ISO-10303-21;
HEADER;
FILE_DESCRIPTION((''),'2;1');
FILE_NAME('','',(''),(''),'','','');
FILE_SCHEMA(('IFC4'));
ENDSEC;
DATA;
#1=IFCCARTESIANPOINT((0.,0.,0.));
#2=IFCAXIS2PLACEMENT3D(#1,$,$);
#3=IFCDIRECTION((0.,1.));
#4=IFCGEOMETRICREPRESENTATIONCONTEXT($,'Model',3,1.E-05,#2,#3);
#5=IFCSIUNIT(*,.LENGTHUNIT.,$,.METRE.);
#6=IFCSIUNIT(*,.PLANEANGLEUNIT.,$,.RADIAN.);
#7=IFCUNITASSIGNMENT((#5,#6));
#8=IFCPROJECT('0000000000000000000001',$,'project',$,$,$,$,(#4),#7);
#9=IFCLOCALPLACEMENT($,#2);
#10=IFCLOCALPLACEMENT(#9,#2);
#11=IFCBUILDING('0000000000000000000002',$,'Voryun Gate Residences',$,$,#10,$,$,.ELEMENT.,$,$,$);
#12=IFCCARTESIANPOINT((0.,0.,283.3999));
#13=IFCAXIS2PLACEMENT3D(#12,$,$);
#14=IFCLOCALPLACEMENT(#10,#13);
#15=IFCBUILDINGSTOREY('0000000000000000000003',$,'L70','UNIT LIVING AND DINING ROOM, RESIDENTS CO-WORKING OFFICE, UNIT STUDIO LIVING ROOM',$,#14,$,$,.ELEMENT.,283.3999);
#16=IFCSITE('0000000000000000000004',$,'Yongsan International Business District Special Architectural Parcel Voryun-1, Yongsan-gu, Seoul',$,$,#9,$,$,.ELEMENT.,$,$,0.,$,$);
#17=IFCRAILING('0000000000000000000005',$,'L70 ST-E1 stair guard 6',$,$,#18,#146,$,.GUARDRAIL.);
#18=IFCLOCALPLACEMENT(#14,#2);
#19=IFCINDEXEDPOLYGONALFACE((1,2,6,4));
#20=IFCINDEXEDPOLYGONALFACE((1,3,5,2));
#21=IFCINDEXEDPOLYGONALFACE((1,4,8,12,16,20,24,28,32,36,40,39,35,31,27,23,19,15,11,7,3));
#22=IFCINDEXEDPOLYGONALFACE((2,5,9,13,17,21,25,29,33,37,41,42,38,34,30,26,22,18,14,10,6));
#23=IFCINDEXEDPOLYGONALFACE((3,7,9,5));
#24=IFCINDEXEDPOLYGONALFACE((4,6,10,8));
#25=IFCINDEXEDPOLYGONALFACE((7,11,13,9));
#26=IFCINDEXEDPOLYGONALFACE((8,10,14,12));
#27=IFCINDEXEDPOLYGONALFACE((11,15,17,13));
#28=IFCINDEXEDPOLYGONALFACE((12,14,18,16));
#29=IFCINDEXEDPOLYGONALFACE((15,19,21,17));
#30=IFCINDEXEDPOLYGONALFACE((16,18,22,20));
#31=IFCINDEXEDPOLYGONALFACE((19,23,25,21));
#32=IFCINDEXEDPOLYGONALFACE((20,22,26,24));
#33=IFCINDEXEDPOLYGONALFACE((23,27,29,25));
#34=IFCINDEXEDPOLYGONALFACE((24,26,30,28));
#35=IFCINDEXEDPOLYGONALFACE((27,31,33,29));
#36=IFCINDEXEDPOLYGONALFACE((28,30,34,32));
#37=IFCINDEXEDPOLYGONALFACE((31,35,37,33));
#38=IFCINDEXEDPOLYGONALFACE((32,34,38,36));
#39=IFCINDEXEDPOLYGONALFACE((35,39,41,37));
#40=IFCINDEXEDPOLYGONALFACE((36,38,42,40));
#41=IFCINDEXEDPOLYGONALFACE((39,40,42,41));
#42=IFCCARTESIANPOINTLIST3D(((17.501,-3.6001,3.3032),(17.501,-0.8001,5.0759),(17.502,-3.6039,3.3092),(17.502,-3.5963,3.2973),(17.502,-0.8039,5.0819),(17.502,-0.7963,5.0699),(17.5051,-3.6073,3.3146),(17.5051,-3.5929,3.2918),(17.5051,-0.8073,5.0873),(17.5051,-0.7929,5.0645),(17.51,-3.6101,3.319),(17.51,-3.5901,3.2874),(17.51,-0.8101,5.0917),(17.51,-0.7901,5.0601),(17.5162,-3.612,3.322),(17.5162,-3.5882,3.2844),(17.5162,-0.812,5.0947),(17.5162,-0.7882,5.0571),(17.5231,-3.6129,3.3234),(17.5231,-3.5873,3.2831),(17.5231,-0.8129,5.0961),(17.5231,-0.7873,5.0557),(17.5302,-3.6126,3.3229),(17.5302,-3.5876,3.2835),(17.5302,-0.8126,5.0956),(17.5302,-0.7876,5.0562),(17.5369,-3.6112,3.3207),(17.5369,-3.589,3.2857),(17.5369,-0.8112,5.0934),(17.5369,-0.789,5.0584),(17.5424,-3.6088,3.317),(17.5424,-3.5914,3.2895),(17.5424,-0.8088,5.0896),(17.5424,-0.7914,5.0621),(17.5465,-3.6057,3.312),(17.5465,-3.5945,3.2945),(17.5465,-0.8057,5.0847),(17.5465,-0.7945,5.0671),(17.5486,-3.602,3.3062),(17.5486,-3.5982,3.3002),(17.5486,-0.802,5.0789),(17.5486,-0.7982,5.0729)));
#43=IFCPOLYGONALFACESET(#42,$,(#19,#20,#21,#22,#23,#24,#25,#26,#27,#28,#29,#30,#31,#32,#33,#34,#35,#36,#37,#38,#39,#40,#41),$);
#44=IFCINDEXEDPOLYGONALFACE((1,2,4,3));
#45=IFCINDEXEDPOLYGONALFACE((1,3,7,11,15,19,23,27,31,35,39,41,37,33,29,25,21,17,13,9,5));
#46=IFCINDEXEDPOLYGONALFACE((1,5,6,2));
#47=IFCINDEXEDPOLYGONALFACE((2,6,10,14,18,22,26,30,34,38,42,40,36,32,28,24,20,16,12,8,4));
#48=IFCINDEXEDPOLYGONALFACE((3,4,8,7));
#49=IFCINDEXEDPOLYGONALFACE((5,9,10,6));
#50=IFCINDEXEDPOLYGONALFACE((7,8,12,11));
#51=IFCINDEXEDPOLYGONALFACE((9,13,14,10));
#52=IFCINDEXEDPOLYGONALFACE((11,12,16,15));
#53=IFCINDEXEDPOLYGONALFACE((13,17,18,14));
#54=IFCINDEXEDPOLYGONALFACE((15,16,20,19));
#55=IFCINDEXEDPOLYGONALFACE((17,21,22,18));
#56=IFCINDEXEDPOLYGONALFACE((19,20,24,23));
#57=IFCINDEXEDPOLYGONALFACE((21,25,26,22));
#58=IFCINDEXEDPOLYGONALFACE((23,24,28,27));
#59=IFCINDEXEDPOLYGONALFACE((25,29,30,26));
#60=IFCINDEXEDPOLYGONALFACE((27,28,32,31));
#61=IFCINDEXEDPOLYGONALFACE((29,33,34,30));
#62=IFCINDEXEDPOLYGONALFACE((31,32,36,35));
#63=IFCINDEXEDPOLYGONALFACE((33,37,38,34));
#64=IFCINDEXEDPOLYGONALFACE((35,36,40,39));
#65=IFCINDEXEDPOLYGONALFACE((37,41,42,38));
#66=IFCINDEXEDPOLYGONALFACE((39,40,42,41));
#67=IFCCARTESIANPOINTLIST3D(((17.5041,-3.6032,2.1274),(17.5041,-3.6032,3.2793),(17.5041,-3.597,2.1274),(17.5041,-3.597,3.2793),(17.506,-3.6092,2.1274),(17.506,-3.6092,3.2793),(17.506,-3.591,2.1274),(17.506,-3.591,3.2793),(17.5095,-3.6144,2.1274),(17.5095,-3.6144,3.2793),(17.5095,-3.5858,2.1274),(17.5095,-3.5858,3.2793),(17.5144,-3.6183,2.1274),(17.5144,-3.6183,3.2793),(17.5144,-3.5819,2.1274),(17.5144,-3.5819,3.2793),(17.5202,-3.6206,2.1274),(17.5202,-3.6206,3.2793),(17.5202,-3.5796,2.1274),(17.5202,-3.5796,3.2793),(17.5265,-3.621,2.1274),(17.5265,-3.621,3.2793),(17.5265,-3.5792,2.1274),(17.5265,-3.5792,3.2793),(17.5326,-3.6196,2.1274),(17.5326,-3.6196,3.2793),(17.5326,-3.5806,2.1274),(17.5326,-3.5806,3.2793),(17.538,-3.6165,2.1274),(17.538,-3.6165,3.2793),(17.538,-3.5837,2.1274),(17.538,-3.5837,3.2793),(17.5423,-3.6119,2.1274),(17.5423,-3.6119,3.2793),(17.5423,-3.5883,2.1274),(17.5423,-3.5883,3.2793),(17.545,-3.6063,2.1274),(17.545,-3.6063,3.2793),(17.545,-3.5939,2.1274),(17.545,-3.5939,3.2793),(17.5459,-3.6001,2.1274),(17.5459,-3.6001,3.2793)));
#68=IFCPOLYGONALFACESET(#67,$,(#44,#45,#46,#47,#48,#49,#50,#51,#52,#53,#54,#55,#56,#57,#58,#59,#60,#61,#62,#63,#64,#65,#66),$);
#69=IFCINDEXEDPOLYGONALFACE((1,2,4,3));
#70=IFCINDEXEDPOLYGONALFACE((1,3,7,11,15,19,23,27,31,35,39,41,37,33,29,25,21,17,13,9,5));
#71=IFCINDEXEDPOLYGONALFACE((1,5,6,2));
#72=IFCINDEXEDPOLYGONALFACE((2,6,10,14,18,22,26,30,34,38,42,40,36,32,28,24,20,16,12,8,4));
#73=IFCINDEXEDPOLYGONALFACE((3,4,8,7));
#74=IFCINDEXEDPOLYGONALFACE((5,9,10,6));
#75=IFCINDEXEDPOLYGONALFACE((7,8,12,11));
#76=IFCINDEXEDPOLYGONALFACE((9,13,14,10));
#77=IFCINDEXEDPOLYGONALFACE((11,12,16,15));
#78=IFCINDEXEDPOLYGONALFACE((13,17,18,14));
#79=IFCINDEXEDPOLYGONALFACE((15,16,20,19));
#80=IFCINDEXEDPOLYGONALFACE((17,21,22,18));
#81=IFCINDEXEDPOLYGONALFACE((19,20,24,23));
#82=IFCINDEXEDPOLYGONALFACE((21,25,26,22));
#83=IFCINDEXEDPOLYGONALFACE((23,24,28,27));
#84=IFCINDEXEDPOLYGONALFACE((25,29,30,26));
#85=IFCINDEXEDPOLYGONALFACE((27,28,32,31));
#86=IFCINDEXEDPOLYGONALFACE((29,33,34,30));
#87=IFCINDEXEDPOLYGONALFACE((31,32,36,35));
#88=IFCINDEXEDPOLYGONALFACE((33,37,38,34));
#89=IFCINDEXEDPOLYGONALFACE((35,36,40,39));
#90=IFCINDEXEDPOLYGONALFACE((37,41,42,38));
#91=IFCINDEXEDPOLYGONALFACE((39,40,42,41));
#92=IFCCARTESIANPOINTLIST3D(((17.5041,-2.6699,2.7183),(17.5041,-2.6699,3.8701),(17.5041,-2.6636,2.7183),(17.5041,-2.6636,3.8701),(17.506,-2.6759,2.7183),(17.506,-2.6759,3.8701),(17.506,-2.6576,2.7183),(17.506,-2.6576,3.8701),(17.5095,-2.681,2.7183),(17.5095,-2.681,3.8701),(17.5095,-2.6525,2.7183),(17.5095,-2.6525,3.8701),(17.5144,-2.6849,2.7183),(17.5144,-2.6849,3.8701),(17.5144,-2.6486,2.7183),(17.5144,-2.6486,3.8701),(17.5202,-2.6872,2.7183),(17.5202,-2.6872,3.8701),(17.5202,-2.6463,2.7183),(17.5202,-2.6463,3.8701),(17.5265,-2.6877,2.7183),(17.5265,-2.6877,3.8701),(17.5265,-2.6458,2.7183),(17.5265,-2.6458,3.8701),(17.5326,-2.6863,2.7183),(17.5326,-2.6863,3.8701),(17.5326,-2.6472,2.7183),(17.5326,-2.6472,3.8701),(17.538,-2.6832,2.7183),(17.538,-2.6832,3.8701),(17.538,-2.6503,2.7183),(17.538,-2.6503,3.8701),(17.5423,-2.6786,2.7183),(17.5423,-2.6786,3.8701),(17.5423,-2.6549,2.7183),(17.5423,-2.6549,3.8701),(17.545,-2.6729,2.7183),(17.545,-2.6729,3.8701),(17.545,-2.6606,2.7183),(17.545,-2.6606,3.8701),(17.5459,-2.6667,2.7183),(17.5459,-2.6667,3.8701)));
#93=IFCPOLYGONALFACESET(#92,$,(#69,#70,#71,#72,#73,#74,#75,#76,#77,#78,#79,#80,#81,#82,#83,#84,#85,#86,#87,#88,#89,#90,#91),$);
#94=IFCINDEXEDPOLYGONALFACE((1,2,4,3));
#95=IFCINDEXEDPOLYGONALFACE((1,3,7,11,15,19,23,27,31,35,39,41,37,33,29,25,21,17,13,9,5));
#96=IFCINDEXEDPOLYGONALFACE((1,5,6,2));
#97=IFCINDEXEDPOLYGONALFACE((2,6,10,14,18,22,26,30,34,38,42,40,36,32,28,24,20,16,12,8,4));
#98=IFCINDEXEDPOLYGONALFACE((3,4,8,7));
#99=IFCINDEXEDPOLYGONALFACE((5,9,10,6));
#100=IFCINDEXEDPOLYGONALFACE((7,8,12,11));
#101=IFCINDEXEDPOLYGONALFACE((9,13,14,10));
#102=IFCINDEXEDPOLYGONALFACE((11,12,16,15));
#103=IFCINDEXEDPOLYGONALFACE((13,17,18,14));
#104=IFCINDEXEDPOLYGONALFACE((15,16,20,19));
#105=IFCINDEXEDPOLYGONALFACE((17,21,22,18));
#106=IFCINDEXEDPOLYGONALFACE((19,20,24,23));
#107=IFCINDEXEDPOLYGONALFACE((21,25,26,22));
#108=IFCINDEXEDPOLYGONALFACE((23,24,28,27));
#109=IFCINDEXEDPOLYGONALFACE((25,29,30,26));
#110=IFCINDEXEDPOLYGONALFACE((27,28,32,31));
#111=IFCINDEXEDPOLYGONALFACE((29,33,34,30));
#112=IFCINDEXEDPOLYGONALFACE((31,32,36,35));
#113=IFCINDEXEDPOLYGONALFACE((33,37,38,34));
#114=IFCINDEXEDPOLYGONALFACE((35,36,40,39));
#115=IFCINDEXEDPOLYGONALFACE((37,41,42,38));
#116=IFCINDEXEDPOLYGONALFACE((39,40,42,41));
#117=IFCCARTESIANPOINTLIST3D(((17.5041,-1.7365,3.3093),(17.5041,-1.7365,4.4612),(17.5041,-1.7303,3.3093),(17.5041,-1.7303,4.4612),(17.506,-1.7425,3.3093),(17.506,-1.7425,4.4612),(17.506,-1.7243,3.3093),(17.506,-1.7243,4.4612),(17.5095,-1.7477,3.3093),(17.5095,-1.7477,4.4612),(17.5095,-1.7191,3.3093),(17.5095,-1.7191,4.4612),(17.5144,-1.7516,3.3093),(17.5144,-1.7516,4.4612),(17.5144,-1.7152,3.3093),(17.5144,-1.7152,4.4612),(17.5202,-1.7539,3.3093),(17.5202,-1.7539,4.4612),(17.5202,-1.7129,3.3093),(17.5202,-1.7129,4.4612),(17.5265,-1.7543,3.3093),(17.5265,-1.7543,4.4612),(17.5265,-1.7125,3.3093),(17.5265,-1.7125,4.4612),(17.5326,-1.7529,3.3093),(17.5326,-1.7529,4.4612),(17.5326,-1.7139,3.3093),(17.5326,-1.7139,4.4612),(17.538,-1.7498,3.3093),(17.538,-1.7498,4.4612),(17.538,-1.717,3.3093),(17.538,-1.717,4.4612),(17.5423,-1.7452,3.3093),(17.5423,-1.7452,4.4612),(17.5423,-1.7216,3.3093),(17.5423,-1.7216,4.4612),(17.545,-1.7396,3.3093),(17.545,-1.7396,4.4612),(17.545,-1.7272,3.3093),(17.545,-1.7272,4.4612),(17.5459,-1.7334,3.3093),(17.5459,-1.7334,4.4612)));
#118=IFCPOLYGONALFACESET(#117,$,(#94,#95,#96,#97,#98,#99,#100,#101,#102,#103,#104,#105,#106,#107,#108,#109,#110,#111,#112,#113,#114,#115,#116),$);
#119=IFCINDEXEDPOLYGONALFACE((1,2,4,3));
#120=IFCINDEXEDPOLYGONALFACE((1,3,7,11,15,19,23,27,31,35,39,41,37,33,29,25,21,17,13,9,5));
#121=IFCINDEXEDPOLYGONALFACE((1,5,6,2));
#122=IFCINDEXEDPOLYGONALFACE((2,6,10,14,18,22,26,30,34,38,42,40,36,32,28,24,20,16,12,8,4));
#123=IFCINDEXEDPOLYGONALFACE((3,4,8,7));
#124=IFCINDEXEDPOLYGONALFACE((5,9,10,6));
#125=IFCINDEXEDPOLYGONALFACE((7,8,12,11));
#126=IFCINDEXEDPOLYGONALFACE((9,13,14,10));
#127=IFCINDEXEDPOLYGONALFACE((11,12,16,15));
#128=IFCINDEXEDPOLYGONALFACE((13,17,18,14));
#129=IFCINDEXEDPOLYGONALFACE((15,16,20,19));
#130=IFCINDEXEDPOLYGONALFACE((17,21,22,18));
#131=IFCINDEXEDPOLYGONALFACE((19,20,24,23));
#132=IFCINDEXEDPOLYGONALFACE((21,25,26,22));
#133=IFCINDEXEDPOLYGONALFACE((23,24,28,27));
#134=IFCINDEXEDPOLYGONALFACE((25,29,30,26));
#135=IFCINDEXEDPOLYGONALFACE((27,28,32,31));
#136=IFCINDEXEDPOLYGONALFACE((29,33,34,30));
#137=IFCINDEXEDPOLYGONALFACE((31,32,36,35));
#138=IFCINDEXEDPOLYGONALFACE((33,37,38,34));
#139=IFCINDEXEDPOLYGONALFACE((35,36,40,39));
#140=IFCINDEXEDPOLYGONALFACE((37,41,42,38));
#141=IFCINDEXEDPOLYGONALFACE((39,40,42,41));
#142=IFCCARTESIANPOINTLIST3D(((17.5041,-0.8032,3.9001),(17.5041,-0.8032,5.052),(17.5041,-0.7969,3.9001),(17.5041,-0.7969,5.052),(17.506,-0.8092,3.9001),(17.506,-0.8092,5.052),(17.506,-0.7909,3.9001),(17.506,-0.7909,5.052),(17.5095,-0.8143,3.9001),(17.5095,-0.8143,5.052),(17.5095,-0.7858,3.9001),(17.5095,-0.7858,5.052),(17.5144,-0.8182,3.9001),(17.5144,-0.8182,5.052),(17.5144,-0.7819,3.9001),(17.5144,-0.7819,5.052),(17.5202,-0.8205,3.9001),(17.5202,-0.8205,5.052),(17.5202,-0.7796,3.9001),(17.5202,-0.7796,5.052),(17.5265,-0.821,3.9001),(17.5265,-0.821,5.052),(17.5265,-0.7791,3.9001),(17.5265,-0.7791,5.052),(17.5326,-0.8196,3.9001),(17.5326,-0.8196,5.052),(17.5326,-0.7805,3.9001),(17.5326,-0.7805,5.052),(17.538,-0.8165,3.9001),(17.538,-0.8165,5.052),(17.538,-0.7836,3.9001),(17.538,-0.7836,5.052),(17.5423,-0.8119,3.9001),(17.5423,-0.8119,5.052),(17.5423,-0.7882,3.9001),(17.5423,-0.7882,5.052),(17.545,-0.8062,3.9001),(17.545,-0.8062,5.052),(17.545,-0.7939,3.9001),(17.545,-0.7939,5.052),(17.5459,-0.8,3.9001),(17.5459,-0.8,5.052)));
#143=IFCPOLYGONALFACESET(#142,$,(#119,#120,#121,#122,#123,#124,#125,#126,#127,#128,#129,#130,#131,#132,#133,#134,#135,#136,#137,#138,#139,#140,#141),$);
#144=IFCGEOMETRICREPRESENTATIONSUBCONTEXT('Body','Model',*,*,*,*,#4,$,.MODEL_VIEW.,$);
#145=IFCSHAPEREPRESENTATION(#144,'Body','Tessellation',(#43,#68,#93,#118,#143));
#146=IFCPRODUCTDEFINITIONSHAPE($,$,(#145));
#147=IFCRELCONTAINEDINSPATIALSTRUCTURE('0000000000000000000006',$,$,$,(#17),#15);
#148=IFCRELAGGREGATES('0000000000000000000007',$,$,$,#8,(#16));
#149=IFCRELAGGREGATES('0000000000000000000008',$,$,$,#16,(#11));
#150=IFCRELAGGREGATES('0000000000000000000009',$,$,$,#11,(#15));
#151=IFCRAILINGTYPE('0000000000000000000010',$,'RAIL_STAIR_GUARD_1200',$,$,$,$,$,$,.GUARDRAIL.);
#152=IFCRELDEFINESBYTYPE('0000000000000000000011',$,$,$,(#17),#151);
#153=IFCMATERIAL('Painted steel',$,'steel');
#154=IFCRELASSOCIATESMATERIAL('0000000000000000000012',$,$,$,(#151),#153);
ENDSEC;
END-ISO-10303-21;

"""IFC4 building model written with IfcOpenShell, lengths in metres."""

from ifc_helpers import new_model, si_unit, direction, frame, origin, origin_2d, place, context, subcontext, project, spatial, circle, extrude, material, type_object, element, save


model = new_model("IFC4")

# Units and contexts
model_context = context("Model", 3, precision=1e-05, world=origin(), true_north=direction((0.0, 1.0)))
body_context = subcontext(model_context, "Body", "Model", "MODEL_VIEW")
ifc_project = project(units=[si_unit("LENGTHUNIT", "METRE"), si_unit("PLANEANGLEUNIT", "RADIAN")], contexts=[model_context])

# Site, building, storey
site_placement = place(None, origin())
site = spatial("IfcSite", under=ifc_project, at=site_placement, Name="Yongsan International Business District Special Architectural Parcel Voryun-1, Yongsan-gu, Seoul", CompositionType="ELEMENT", RefElevation=0.0)
building_placement = place(site_placement, origin())
building = spatial("IfcBuilding", under=site, at=building_placement, Name="Voryun Gate Residences", CompositionType="ELEMENT")
storey_placement = place(building_placement, frame((0.0, 0.0, 283.3999)))
storey = spatial("IfcBuildingStorey", under=building, at=storey_placement, Name="L70", Description="UNIT LIVING AND DINING ROOM, RESIDENTS CO-WORKING OFFICE, UNIT STUDIO LIVING ROOM", CompositionType="ELEMENT", Elevation=283.3999)

# Railing
ifc_material_1 = material(Name="Painted steel", Category="steel")
railing_type_1 = type_object("IfcRailingType", Name="RAIL_STAIR_GUARD_1200", PredefinedType="GUARDRAIL", material=ifc_material_1)
railing_1_placement = place(storey_placement, frame((17.5249, -3.6001, 2.1274)))
element("IfcRailing", 1, at=railing_1_placement, inside=storey, type_object=railing_type_1, Name="L70 ST-E1 stair guard 6", PredefinedType="GUARDRAIL", context=body_context, shape_type="SweptSolid", body=[
    extrude(circle(Radius=0.0239, at=origin_2d()), frame((0.0, 0.0, 1.1758), z_axis=(0.0, 0.844909, 0.53491), x_axis=(-1.0, 0.0, 0.0)), (0.0, 0.0, 1.0), 3.314),
    extrude(circle(Radius=0.021, at=origin_2d()), origin(), (0.0, 0.0, 1.0), 1.1519),
    extrude(circle(Radius=0.021, at=origin_2d()), frame((0.0, 0.9333, 0.5908)), (0.0, 0.0, 1.0), 1.1519),
    extrude(circle(Radius=0.021, at=origin_2d()), frame((0.0, 1.8667, 1.1819)), (0.0, 0.0, 1.0), 1.1519),
    extrude(circle(Radius=0.021, at=origin_2d()), frame((0.0, 2.8, 1.7727)), (0.0, 0.0, 1.0), 1.1519),
])

save(model, "model.ifc")
